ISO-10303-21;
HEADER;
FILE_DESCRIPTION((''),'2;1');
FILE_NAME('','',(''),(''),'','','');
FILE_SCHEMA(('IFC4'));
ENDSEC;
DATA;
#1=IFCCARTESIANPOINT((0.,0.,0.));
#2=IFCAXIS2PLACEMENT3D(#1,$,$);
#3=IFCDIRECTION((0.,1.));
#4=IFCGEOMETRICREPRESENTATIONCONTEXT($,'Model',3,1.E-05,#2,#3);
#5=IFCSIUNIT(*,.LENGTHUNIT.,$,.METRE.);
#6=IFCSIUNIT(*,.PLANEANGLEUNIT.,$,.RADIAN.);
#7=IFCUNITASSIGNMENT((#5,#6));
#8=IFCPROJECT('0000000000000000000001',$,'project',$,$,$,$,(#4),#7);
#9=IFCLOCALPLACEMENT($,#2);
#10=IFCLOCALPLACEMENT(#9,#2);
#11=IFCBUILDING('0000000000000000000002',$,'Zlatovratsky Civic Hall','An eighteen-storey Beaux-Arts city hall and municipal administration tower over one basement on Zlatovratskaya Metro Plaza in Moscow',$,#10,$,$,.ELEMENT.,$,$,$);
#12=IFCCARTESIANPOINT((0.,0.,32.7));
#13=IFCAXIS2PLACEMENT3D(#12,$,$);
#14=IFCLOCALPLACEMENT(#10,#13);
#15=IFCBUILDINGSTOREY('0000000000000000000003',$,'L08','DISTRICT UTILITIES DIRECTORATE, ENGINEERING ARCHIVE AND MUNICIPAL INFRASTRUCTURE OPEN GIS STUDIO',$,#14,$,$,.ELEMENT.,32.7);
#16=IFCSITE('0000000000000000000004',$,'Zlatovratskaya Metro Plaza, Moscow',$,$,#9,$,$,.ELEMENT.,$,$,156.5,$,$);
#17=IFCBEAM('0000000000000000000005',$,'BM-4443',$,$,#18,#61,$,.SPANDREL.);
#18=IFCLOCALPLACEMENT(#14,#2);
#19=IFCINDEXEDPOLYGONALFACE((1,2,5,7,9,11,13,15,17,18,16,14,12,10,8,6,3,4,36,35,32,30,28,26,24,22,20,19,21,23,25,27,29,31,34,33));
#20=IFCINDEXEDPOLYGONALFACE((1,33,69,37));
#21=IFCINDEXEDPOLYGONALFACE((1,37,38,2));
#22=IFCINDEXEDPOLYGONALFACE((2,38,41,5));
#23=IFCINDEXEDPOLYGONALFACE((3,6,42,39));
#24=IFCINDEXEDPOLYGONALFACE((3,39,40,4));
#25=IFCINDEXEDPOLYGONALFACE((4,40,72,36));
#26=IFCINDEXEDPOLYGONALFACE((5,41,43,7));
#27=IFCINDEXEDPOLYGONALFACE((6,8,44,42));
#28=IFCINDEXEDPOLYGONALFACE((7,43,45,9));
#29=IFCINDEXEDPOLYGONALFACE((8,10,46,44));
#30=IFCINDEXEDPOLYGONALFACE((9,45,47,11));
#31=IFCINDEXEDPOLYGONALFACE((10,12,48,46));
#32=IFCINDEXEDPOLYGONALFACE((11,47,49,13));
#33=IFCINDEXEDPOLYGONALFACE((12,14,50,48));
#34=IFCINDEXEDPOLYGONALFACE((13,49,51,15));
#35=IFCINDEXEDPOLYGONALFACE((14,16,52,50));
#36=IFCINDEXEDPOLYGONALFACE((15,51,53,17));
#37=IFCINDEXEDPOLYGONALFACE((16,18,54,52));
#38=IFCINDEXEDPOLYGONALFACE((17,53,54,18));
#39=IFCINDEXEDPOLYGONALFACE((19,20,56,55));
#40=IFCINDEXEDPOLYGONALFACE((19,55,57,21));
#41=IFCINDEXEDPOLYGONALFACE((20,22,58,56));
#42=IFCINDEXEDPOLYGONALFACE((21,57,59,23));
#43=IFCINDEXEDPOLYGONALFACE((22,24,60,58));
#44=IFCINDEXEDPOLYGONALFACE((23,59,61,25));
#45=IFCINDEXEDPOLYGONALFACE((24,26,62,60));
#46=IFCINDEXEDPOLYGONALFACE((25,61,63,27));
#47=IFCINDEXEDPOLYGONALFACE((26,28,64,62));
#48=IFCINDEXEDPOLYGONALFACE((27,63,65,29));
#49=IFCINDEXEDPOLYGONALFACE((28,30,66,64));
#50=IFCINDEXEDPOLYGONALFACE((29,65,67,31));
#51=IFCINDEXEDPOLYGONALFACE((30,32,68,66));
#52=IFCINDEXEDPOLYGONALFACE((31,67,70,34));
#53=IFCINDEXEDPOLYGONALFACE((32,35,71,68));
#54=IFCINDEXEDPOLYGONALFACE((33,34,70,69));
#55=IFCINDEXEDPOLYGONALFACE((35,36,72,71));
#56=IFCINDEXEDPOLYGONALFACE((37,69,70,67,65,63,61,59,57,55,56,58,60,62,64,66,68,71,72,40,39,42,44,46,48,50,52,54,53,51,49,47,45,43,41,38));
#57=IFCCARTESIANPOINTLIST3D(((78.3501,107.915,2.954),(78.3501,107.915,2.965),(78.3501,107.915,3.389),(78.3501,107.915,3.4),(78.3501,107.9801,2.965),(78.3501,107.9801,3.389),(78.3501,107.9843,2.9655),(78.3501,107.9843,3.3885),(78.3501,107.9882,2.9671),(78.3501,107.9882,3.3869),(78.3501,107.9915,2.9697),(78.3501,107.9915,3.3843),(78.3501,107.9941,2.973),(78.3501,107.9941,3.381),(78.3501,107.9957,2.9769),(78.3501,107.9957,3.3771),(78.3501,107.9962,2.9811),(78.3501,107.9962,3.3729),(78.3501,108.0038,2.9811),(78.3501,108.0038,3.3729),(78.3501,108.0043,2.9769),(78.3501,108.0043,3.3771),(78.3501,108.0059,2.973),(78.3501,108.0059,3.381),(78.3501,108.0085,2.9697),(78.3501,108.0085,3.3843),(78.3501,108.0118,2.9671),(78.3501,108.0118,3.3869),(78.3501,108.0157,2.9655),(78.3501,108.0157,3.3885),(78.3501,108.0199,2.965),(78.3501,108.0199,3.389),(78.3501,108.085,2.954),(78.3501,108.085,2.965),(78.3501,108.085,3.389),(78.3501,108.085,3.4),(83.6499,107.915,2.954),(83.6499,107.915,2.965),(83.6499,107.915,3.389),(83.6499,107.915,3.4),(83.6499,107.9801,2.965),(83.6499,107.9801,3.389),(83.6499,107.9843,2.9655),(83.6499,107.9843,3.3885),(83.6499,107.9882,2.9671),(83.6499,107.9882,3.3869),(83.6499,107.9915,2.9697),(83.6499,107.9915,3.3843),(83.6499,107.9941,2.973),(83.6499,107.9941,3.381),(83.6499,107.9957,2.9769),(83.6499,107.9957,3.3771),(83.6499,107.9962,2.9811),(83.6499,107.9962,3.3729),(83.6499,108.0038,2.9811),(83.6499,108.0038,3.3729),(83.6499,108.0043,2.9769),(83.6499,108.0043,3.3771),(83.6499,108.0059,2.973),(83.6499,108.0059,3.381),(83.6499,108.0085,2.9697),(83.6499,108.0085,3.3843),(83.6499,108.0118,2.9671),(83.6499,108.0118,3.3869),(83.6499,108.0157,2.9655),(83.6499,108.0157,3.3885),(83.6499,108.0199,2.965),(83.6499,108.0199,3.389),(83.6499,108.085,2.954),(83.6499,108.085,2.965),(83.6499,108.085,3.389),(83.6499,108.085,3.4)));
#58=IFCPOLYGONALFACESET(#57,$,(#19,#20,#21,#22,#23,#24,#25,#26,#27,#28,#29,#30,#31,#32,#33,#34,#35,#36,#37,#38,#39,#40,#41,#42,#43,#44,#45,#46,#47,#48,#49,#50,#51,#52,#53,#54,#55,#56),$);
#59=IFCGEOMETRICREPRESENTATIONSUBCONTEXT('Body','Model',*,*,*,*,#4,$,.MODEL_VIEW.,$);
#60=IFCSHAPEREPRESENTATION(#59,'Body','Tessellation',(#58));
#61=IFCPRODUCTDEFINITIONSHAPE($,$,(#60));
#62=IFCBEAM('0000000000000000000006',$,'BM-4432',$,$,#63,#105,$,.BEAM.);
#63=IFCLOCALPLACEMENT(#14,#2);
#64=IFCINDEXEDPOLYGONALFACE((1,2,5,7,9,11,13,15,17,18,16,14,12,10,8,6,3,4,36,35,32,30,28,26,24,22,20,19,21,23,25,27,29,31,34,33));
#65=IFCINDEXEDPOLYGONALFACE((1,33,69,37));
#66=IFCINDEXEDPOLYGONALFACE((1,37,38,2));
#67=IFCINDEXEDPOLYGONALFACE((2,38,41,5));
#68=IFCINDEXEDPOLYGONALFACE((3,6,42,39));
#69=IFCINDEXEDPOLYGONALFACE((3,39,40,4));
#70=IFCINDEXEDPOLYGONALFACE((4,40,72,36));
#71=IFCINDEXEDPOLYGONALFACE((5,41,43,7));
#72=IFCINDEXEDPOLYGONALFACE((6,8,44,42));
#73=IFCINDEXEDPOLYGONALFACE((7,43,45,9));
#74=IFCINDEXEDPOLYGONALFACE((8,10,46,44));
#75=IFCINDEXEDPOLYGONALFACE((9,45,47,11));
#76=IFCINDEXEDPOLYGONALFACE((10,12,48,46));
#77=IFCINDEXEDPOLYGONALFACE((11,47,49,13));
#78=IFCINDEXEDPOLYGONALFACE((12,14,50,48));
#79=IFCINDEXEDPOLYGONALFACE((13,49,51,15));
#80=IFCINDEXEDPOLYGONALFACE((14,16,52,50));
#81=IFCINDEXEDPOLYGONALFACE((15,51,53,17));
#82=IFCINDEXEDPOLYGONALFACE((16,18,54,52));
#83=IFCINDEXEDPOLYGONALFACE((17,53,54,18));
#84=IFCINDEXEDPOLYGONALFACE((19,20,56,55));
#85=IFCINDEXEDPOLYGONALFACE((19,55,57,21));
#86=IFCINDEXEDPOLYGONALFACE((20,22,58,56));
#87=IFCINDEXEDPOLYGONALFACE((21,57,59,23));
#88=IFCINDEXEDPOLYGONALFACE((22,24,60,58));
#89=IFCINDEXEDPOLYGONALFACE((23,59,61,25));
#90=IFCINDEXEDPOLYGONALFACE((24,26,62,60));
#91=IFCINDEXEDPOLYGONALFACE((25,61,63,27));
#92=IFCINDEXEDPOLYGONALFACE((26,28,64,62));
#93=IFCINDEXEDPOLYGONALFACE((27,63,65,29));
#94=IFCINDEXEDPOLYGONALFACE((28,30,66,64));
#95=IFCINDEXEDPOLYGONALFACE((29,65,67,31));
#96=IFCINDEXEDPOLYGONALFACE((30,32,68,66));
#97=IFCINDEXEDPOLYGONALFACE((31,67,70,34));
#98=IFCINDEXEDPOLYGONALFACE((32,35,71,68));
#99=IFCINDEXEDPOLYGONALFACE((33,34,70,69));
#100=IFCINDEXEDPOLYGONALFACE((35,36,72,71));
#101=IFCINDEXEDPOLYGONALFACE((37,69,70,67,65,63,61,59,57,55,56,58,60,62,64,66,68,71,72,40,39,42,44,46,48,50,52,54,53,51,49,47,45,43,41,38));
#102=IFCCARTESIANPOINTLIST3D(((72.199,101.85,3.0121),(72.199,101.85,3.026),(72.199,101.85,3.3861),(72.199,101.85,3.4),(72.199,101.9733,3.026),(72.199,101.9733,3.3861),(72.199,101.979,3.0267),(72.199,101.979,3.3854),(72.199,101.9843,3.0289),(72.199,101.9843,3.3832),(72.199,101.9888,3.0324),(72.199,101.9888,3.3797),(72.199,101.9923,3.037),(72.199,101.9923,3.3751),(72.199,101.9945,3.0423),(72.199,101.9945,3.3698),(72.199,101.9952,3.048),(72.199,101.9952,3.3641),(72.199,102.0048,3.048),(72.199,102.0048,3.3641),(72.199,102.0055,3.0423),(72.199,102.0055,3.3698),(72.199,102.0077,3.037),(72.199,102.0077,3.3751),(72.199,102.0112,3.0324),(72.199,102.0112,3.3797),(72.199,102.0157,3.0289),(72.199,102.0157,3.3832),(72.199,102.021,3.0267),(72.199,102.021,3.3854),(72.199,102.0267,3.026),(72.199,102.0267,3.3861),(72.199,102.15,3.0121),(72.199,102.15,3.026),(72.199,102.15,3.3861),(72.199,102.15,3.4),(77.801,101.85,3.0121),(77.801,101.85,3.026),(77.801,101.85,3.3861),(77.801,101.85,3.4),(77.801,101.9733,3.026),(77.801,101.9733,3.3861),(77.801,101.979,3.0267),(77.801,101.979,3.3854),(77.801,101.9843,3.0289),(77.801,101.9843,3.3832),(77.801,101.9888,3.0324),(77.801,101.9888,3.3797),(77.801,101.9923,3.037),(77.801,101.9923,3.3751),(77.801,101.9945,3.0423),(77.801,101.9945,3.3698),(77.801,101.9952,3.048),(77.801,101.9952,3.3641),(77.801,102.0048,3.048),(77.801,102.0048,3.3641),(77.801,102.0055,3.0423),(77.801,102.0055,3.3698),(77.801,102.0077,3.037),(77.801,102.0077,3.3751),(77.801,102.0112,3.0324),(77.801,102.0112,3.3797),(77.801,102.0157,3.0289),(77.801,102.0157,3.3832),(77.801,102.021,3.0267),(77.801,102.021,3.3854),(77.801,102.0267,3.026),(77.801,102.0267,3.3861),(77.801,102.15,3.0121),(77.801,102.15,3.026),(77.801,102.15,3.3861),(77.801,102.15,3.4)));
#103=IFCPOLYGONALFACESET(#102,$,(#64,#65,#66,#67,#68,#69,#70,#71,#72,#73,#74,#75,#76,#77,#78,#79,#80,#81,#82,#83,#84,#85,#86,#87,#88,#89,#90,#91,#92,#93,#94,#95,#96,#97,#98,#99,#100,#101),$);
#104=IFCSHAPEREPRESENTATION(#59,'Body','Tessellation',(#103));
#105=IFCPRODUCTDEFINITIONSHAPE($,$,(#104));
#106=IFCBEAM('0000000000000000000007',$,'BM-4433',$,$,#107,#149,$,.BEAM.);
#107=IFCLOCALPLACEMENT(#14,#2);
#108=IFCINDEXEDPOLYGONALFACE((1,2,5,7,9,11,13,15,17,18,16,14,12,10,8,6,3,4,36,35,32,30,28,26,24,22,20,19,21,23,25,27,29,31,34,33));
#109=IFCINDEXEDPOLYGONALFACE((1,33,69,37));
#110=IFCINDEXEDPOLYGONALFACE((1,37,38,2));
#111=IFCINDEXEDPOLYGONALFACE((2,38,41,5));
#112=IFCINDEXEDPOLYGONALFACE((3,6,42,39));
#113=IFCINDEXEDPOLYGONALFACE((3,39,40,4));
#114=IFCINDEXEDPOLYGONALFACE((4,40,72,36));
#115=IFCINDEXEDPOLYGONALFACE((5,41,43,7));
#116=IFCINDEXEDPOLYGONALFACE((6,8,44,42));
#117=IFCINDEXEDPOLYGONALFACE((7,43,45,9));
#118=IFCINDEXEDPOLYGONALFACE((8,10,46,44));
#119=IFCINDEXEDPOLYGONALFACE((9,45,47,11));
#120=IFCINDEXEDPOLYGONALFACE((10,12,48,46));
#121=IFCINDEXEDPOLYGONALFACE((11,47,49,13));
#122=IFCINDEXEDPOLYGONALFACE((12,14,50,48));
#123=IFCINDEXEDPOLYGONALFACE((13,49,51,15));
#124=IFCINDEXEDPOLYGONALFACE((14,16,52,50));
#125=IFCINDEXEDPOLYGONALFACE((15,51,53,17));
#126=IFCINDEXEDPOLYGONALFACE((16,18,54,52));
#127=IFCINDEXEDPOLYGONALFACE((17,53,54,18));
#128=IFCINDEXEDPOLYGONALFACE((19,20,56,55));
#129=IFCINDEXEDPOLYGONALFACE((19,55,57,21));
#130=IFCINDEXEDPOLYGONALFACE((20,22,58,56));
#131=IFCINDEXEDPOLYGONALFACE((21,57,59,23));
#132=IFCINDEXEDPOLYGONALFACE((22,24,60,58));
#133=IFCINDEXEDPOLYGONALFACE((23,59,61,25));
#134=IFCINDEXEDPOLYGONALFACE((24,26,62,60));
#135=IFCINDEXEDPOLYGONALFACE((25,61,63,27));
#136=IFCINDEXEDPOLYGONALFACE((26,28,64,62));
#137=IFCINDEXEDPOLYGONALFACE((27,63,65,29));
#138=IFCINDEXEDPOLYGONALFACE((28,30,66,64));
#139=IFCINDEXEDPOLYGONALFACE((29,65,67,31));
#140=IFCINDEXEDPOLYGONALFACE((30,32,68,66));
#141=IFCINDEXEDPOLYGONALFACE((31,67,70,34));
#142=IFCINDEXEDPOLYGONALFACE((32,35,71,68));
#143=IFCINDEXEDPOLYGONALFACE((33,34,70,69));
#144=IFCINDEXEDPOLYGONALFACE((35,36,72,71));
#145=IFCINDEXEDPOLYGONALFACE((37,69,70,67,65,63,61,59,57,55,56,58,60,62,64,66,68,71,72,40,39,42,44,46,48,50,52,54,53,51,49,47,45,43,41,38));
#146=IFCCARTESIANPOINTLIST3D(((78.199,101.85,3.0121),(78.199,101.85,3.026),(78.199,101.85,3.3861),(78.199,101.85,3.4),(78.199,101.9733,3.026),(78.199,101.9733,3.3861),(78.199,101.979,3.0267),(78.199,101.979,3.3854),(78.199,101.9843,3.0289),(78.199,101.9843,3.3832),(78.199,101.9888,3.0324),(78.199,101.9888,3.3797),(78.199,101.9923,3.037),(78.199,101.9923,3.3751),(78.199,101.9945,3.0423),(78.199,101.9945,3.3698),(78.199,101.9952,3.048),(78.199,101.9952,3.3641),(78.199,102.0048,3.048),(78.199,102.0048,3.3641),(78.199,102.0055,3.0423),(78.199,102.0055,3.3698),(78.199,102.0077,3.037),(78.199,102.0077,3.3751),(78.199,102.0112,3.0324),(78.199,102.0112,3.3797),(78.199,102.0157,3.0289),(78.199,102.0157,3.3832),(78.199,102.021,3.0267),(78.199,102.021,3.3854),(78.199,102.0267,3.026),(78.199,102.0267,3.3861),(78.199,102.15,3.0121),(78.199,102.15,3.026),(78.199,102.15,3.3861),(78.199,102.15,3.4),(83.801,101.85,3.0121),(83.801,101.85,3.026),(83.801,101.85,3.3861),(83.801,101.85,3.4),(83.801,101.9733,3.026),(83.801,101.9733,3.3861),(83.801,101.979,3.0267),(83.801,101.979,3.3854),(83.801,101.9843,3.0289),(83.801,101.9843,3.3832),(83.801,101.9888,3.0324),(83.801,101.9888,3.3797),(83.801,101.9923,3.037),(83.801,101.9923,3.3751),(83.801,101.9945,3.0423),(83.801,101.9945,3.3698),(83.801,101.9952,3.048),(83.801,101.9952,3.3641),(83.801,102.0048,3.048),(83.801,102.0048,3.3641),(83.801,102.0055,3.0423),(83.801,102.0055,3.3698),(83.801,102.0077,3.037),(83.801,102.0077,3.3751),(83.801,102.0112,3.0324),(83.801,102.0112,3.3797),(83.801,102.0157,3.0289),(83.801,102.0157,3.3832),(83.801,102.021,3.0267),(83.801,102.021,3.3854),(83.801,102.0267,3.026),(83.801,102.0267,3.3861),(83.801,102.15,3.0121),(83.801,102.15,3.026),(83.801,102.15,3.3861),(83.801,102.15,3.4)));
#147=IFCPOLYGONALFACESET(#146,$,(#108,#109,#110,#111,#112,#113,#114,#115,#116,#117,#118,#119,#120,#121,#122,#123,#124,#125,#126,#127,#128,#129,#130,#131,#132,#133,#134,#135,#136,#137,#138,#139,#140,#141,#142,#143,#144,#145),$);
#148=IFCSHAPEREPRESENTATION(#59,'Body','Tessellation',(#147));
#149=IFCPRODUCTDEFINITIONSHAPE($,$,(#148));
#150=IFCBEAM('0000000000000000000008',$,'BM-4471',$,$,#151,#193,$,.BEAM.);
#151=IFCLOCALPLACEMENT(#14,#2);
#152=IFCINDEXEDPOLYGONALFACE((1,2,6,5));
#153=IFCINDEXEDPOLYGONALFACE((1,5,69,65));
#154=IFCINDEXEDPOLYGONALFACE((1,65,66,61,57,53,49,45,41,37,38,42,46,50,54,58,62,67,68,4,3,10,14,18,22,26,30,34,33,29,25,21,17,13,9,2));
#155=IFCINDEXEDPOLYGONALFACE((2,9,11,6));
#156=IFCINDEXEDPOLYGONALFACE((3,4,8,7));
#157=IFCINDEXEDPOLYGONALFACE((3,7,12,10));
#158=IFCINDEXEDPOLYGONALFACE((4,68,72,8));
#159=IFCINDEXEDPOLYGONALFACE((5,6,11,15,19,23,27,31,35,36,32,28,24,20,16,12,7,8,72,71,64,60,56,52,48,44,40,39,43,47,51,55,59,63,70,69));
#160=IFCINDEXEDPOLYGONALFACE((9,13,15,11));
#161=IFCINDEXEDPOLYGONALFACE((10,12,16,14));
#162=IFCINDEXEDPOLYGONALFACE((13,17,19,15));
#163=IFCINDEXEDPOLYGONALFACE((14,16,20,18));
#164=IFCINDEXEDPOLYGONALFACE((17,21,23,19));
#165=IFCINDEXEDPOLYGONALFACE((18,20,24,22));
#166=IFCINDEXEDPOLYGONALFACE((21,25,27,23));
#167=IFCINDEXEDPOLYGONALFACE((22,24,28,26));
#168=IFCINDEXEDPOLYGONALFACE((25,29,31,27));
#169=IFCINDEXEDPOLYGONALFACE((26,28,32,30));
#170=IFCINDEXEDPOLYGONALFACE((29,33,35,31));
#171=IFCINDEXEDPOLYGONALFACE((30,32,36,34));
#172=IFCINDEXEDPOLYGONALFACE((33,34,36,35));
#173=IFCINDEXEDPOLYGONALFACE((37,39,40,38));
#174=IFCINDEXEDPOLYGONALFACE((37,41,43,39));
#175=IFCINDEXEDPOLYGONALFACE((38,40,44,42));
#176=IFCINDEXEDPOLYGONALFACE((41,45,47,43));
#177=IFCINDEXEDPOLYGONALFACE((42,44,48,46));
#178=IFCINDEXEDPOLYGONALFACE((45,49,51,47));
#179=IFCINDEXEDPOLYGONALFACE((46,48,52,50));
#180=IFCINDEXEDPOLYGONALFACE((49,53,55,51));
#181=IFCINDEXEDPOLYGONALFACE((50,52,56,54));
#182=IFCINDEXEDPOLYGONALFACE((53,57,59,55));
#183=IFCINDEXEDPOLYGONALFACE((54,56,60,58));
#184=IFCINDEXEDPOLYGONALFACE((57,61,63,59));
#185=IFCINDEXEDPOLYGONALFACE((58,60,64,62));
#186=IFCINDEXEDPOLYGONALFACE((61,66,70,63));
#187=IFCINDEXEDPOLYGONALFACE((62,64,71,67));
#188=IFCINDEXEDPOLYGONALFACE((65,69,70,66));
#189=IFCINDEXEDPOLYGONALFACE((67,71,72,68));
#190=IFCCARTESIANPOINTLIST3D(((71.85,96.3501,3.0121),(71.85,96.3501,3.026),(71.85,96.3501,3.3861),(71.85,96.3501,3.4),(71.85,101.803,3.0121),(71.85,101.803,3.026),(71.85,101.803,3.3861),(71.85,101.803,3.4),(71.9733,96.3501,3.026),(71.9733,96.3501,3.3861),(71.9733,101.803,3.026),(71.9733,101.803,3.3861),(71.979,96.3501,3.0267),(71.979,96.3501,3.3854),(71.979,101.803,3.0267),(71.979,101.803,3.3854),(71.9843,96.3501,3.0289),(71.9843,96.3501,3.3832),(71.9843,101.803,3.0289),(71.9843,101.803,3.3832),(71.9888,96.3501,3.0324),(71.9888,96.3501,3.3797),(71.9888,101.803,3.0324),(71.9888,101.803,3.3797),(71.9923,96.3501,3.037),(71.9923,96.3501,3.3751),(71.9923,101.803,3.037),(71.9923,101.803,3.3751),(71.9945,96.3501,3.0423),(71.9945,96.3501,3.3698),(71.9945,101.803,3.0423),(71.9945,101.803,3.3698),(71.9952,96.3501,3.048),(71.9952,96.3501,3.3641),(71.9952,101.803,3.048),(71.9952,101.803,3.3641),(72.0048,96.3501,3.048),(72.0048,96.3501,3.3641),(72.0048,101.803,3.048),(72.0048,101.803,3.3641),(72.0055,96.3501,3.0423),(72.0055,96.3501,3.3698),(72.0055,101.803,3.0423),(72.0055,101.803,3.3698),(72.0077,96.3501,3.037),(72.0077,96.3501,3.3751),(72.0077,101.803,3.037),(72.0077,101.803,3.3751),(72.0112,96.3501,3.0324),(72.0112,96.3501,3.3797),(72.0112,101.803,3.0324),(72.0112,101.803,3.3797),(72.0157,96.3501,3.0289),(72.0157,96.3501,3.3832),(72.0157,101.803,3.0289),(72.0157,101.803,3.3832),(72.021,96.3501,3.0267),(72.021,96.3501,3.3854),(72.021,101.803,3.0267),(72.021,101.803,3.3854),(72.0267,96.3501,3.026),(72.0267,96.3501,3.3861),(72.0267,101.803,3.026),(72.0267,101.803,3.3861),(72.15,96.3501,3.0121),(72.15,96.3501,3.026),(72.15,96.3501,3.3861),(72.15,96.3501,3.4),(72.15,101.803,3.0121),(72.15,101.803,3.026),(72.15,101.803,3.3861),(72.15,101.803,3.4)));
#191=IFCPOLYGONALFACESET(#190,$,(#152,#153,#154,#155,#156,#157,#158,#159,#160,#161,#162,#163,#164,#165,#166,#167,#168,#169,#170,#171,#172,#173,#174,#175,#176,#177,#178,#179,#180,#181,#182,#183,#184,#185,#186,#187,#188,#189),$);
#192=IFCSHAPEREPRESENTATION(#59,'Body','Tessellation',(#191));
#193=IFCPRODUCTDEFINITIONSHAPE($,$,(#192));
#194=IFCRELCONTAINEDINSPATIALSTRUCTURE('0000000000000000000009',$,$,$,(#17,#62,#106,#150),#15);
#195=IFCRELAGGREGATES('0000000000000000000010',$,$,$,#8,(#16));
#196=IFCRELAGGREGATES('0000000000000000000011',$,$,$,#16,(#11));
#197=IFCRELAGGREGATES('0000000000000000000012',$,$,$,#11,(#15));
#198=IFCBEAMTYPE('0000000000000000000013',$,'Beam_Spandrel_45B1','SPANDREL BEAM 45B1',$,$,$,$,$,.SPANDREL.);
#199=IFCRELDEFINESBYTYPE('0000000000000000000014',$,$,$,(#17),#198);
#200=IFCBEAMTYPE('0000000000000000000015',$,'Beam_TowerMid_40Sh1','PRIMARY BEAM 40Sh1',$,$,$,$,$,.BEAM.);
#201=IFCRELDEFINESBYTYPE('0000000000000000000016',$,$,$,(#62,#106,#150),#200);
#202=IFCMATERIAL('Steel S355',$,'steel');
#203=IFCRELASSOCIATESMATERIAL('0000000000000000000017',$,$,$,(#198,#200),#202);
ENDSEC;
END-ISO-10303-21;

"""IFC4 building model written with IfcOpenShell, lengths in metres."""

from ifc_helpers import new_model, si_unit, direction, frame, origin, origin_2d, place, context, subcontext, project, spatial, i_section, extrude, material, material_profile, profile_set, type_object, element, save


model = new_model("IFC4")

# Units and contexts
model_context = context("Model", 3, precision=1e-05, world=origin(), true_north=direction((0.0, 1.0)))
body_context = subcontext(model_context, "Body", "Model", "MODEL_VIEW")
ifc_project = project(units=[si_unit("LENGTHUNIT", "METRE"), si_unit("PLANEANGLEUNIT", "RADIAN")], contexts=[model_context])

# Site, building, storey
site_placement = place(None, origin())
site = spatial("IfcSite", under=ifc_project, at=site_placement, Name="Zlatovratskaya Metro Plaza, Moscow", CompositionType="ELEMENT", RefElevation=156.5)
building_placement = place(site_placement, origin())
building = spatial("IfcBuilding", under=site, at=building_placement, Name="Zlatovratsky Civic Hall", Description="An eighteen-storey Beaux-Arts city hall and municipal administration tower over one basement on Zlatovratskaya Metro Plaza in Moscow", CompositionType="ELEMENT")
storey_placement = place(building_placement, frame((0.0, 0.0, 32.7)))
storey = spatial("IfcBuildingStorey", under=building, at=storey_placement, Name="L08", Description="DISTRICT UTILITIES DIRECTORATE, ENGINEERING ARCHIVE AND MUNICIPAL INFRASTRUCTURE OPEN GIS STUDIO", CompositionType="ELEMENT", Elevation=32.7)

# Shared definitions
ifc_material_1 = material(Name="Steel S355", Category="steel")

# Beams
ifc_material_profile_1 = material_profile(ifc_material_1, i_section(OverallWidth=0.1699, OverallDepth=0.446, WebThickness=0.0076, FlangeThickness=0.011, FilletRadius=0.0161, at=origin_2d()), Name="45B1")
ifc_profile_set_1 = profile_set([ifc_material_profile_1], Name="Steel S355")
beam_type_1 = type_object("IfcBeamType", Name="Beam_Spandrel_45B1", Description="SPANDREL BEAM 45B1", PredefinedType="SPANDREL", material=ifc_profile_set_1)
for number, where, z_axis, x_axis, name in (
    (1, (78.3501, 108.0, 3.177), (1.0, 0.0, 0.0), (0.0, 1.0, 0.0), "BM-4443"),
):
    element("IfcBeam", number, at=place(storey_placement, frame(where, z_axis=z_axis, x_axis=x_axis)), inside=storey, type_object=beam_type_1, Name=name, PredefinedType="SPANDREL", context=body_context, shape_type="SweptSolid", body=[
        extrude(i_section(OverallWidth=0.1699, OverallDepth=0.446, WebThickness=0.0076, FlangeThickness=0.011, FilletRadius=0.0161, at=origin_2d()), origin(), (0.0, 0.0, 1.0), 5.2998),
    ])
ifc_material_profile_2 = material_profile(ifc_material_1, i_section(OverallWidth=0.3, OverallDepth=0.3879, WebThickness=0.0095, FlangeThickness=0.0139, FilletRadius=0.022, at=origin_2d()), Name="40Sh1")
ifc_profile_set_2 = profile_set([ifc_material_profile_2], Name="Steel S355")
beam_type_2 = type_object("IfcBeamType", Name="Beam_TowerMid_40Sh1", Description="PRIMARY BEAM 40Sh1", PredefinedType="BEAM", material=ifc_profile_set_2)
for number, where, z_axis, x_axis, name in (
    (2, (72.199, 102.0, 3.2061), (1.0, 0.0, 0.0), (0.0, 1.0, 0.0), "BM-4432"),
    (3, (78.199, 102.0, 3.2061), (1.0, 0.0, 0.0), (0.0, 1.0, 0.0), "BM-4433"),
):
    element("IfcBeam", number, at=place(storey_placement, frame(where, z_axis=z_axis, x_axis=x_axis)), inside=storey, type_object=beam_type_2, Name=name, PredefinedType="BEAM", context=body_context, shape_type="SweptSolid", body=[
        extrude(i_section(OverallWidth=0.3, OverallDepth=0.3879, WebThickness=0.0095, FlangeThickness=0.0139, FilletRadius=0.022, at=origin_2d()), origin(), (0.0, 0.0, 1.0), 5.6021),
    ])
for number, where, z_axis, x_axis, name in (
    (4, (72.0, 96.3501, 3.2061), (0.0, 1.0, 0.0), (-1.0, 0.0, 0.0), "BM-4471"),
):
    element("IfcBeam", number, at=place(storey_placement, frame(where, z_axis=z_axis, x_axis=x_axis)), inside=storey, type_object=beam_type_2, Name=name, PredefinedType="BEAM", context=body_context, shape_type="SweptSolid", body=[
        extrude(i_section(OverallWidth=0.3, OverallDepth=0.3879, WebThickness=0.0095, FlangeThickness=0.0139, FilletRadius=0.022, at=origin_2d()), origin(), (0.0, 0.0, 1.0), 5.4529),
    ])

save(model, "model.ifc")
